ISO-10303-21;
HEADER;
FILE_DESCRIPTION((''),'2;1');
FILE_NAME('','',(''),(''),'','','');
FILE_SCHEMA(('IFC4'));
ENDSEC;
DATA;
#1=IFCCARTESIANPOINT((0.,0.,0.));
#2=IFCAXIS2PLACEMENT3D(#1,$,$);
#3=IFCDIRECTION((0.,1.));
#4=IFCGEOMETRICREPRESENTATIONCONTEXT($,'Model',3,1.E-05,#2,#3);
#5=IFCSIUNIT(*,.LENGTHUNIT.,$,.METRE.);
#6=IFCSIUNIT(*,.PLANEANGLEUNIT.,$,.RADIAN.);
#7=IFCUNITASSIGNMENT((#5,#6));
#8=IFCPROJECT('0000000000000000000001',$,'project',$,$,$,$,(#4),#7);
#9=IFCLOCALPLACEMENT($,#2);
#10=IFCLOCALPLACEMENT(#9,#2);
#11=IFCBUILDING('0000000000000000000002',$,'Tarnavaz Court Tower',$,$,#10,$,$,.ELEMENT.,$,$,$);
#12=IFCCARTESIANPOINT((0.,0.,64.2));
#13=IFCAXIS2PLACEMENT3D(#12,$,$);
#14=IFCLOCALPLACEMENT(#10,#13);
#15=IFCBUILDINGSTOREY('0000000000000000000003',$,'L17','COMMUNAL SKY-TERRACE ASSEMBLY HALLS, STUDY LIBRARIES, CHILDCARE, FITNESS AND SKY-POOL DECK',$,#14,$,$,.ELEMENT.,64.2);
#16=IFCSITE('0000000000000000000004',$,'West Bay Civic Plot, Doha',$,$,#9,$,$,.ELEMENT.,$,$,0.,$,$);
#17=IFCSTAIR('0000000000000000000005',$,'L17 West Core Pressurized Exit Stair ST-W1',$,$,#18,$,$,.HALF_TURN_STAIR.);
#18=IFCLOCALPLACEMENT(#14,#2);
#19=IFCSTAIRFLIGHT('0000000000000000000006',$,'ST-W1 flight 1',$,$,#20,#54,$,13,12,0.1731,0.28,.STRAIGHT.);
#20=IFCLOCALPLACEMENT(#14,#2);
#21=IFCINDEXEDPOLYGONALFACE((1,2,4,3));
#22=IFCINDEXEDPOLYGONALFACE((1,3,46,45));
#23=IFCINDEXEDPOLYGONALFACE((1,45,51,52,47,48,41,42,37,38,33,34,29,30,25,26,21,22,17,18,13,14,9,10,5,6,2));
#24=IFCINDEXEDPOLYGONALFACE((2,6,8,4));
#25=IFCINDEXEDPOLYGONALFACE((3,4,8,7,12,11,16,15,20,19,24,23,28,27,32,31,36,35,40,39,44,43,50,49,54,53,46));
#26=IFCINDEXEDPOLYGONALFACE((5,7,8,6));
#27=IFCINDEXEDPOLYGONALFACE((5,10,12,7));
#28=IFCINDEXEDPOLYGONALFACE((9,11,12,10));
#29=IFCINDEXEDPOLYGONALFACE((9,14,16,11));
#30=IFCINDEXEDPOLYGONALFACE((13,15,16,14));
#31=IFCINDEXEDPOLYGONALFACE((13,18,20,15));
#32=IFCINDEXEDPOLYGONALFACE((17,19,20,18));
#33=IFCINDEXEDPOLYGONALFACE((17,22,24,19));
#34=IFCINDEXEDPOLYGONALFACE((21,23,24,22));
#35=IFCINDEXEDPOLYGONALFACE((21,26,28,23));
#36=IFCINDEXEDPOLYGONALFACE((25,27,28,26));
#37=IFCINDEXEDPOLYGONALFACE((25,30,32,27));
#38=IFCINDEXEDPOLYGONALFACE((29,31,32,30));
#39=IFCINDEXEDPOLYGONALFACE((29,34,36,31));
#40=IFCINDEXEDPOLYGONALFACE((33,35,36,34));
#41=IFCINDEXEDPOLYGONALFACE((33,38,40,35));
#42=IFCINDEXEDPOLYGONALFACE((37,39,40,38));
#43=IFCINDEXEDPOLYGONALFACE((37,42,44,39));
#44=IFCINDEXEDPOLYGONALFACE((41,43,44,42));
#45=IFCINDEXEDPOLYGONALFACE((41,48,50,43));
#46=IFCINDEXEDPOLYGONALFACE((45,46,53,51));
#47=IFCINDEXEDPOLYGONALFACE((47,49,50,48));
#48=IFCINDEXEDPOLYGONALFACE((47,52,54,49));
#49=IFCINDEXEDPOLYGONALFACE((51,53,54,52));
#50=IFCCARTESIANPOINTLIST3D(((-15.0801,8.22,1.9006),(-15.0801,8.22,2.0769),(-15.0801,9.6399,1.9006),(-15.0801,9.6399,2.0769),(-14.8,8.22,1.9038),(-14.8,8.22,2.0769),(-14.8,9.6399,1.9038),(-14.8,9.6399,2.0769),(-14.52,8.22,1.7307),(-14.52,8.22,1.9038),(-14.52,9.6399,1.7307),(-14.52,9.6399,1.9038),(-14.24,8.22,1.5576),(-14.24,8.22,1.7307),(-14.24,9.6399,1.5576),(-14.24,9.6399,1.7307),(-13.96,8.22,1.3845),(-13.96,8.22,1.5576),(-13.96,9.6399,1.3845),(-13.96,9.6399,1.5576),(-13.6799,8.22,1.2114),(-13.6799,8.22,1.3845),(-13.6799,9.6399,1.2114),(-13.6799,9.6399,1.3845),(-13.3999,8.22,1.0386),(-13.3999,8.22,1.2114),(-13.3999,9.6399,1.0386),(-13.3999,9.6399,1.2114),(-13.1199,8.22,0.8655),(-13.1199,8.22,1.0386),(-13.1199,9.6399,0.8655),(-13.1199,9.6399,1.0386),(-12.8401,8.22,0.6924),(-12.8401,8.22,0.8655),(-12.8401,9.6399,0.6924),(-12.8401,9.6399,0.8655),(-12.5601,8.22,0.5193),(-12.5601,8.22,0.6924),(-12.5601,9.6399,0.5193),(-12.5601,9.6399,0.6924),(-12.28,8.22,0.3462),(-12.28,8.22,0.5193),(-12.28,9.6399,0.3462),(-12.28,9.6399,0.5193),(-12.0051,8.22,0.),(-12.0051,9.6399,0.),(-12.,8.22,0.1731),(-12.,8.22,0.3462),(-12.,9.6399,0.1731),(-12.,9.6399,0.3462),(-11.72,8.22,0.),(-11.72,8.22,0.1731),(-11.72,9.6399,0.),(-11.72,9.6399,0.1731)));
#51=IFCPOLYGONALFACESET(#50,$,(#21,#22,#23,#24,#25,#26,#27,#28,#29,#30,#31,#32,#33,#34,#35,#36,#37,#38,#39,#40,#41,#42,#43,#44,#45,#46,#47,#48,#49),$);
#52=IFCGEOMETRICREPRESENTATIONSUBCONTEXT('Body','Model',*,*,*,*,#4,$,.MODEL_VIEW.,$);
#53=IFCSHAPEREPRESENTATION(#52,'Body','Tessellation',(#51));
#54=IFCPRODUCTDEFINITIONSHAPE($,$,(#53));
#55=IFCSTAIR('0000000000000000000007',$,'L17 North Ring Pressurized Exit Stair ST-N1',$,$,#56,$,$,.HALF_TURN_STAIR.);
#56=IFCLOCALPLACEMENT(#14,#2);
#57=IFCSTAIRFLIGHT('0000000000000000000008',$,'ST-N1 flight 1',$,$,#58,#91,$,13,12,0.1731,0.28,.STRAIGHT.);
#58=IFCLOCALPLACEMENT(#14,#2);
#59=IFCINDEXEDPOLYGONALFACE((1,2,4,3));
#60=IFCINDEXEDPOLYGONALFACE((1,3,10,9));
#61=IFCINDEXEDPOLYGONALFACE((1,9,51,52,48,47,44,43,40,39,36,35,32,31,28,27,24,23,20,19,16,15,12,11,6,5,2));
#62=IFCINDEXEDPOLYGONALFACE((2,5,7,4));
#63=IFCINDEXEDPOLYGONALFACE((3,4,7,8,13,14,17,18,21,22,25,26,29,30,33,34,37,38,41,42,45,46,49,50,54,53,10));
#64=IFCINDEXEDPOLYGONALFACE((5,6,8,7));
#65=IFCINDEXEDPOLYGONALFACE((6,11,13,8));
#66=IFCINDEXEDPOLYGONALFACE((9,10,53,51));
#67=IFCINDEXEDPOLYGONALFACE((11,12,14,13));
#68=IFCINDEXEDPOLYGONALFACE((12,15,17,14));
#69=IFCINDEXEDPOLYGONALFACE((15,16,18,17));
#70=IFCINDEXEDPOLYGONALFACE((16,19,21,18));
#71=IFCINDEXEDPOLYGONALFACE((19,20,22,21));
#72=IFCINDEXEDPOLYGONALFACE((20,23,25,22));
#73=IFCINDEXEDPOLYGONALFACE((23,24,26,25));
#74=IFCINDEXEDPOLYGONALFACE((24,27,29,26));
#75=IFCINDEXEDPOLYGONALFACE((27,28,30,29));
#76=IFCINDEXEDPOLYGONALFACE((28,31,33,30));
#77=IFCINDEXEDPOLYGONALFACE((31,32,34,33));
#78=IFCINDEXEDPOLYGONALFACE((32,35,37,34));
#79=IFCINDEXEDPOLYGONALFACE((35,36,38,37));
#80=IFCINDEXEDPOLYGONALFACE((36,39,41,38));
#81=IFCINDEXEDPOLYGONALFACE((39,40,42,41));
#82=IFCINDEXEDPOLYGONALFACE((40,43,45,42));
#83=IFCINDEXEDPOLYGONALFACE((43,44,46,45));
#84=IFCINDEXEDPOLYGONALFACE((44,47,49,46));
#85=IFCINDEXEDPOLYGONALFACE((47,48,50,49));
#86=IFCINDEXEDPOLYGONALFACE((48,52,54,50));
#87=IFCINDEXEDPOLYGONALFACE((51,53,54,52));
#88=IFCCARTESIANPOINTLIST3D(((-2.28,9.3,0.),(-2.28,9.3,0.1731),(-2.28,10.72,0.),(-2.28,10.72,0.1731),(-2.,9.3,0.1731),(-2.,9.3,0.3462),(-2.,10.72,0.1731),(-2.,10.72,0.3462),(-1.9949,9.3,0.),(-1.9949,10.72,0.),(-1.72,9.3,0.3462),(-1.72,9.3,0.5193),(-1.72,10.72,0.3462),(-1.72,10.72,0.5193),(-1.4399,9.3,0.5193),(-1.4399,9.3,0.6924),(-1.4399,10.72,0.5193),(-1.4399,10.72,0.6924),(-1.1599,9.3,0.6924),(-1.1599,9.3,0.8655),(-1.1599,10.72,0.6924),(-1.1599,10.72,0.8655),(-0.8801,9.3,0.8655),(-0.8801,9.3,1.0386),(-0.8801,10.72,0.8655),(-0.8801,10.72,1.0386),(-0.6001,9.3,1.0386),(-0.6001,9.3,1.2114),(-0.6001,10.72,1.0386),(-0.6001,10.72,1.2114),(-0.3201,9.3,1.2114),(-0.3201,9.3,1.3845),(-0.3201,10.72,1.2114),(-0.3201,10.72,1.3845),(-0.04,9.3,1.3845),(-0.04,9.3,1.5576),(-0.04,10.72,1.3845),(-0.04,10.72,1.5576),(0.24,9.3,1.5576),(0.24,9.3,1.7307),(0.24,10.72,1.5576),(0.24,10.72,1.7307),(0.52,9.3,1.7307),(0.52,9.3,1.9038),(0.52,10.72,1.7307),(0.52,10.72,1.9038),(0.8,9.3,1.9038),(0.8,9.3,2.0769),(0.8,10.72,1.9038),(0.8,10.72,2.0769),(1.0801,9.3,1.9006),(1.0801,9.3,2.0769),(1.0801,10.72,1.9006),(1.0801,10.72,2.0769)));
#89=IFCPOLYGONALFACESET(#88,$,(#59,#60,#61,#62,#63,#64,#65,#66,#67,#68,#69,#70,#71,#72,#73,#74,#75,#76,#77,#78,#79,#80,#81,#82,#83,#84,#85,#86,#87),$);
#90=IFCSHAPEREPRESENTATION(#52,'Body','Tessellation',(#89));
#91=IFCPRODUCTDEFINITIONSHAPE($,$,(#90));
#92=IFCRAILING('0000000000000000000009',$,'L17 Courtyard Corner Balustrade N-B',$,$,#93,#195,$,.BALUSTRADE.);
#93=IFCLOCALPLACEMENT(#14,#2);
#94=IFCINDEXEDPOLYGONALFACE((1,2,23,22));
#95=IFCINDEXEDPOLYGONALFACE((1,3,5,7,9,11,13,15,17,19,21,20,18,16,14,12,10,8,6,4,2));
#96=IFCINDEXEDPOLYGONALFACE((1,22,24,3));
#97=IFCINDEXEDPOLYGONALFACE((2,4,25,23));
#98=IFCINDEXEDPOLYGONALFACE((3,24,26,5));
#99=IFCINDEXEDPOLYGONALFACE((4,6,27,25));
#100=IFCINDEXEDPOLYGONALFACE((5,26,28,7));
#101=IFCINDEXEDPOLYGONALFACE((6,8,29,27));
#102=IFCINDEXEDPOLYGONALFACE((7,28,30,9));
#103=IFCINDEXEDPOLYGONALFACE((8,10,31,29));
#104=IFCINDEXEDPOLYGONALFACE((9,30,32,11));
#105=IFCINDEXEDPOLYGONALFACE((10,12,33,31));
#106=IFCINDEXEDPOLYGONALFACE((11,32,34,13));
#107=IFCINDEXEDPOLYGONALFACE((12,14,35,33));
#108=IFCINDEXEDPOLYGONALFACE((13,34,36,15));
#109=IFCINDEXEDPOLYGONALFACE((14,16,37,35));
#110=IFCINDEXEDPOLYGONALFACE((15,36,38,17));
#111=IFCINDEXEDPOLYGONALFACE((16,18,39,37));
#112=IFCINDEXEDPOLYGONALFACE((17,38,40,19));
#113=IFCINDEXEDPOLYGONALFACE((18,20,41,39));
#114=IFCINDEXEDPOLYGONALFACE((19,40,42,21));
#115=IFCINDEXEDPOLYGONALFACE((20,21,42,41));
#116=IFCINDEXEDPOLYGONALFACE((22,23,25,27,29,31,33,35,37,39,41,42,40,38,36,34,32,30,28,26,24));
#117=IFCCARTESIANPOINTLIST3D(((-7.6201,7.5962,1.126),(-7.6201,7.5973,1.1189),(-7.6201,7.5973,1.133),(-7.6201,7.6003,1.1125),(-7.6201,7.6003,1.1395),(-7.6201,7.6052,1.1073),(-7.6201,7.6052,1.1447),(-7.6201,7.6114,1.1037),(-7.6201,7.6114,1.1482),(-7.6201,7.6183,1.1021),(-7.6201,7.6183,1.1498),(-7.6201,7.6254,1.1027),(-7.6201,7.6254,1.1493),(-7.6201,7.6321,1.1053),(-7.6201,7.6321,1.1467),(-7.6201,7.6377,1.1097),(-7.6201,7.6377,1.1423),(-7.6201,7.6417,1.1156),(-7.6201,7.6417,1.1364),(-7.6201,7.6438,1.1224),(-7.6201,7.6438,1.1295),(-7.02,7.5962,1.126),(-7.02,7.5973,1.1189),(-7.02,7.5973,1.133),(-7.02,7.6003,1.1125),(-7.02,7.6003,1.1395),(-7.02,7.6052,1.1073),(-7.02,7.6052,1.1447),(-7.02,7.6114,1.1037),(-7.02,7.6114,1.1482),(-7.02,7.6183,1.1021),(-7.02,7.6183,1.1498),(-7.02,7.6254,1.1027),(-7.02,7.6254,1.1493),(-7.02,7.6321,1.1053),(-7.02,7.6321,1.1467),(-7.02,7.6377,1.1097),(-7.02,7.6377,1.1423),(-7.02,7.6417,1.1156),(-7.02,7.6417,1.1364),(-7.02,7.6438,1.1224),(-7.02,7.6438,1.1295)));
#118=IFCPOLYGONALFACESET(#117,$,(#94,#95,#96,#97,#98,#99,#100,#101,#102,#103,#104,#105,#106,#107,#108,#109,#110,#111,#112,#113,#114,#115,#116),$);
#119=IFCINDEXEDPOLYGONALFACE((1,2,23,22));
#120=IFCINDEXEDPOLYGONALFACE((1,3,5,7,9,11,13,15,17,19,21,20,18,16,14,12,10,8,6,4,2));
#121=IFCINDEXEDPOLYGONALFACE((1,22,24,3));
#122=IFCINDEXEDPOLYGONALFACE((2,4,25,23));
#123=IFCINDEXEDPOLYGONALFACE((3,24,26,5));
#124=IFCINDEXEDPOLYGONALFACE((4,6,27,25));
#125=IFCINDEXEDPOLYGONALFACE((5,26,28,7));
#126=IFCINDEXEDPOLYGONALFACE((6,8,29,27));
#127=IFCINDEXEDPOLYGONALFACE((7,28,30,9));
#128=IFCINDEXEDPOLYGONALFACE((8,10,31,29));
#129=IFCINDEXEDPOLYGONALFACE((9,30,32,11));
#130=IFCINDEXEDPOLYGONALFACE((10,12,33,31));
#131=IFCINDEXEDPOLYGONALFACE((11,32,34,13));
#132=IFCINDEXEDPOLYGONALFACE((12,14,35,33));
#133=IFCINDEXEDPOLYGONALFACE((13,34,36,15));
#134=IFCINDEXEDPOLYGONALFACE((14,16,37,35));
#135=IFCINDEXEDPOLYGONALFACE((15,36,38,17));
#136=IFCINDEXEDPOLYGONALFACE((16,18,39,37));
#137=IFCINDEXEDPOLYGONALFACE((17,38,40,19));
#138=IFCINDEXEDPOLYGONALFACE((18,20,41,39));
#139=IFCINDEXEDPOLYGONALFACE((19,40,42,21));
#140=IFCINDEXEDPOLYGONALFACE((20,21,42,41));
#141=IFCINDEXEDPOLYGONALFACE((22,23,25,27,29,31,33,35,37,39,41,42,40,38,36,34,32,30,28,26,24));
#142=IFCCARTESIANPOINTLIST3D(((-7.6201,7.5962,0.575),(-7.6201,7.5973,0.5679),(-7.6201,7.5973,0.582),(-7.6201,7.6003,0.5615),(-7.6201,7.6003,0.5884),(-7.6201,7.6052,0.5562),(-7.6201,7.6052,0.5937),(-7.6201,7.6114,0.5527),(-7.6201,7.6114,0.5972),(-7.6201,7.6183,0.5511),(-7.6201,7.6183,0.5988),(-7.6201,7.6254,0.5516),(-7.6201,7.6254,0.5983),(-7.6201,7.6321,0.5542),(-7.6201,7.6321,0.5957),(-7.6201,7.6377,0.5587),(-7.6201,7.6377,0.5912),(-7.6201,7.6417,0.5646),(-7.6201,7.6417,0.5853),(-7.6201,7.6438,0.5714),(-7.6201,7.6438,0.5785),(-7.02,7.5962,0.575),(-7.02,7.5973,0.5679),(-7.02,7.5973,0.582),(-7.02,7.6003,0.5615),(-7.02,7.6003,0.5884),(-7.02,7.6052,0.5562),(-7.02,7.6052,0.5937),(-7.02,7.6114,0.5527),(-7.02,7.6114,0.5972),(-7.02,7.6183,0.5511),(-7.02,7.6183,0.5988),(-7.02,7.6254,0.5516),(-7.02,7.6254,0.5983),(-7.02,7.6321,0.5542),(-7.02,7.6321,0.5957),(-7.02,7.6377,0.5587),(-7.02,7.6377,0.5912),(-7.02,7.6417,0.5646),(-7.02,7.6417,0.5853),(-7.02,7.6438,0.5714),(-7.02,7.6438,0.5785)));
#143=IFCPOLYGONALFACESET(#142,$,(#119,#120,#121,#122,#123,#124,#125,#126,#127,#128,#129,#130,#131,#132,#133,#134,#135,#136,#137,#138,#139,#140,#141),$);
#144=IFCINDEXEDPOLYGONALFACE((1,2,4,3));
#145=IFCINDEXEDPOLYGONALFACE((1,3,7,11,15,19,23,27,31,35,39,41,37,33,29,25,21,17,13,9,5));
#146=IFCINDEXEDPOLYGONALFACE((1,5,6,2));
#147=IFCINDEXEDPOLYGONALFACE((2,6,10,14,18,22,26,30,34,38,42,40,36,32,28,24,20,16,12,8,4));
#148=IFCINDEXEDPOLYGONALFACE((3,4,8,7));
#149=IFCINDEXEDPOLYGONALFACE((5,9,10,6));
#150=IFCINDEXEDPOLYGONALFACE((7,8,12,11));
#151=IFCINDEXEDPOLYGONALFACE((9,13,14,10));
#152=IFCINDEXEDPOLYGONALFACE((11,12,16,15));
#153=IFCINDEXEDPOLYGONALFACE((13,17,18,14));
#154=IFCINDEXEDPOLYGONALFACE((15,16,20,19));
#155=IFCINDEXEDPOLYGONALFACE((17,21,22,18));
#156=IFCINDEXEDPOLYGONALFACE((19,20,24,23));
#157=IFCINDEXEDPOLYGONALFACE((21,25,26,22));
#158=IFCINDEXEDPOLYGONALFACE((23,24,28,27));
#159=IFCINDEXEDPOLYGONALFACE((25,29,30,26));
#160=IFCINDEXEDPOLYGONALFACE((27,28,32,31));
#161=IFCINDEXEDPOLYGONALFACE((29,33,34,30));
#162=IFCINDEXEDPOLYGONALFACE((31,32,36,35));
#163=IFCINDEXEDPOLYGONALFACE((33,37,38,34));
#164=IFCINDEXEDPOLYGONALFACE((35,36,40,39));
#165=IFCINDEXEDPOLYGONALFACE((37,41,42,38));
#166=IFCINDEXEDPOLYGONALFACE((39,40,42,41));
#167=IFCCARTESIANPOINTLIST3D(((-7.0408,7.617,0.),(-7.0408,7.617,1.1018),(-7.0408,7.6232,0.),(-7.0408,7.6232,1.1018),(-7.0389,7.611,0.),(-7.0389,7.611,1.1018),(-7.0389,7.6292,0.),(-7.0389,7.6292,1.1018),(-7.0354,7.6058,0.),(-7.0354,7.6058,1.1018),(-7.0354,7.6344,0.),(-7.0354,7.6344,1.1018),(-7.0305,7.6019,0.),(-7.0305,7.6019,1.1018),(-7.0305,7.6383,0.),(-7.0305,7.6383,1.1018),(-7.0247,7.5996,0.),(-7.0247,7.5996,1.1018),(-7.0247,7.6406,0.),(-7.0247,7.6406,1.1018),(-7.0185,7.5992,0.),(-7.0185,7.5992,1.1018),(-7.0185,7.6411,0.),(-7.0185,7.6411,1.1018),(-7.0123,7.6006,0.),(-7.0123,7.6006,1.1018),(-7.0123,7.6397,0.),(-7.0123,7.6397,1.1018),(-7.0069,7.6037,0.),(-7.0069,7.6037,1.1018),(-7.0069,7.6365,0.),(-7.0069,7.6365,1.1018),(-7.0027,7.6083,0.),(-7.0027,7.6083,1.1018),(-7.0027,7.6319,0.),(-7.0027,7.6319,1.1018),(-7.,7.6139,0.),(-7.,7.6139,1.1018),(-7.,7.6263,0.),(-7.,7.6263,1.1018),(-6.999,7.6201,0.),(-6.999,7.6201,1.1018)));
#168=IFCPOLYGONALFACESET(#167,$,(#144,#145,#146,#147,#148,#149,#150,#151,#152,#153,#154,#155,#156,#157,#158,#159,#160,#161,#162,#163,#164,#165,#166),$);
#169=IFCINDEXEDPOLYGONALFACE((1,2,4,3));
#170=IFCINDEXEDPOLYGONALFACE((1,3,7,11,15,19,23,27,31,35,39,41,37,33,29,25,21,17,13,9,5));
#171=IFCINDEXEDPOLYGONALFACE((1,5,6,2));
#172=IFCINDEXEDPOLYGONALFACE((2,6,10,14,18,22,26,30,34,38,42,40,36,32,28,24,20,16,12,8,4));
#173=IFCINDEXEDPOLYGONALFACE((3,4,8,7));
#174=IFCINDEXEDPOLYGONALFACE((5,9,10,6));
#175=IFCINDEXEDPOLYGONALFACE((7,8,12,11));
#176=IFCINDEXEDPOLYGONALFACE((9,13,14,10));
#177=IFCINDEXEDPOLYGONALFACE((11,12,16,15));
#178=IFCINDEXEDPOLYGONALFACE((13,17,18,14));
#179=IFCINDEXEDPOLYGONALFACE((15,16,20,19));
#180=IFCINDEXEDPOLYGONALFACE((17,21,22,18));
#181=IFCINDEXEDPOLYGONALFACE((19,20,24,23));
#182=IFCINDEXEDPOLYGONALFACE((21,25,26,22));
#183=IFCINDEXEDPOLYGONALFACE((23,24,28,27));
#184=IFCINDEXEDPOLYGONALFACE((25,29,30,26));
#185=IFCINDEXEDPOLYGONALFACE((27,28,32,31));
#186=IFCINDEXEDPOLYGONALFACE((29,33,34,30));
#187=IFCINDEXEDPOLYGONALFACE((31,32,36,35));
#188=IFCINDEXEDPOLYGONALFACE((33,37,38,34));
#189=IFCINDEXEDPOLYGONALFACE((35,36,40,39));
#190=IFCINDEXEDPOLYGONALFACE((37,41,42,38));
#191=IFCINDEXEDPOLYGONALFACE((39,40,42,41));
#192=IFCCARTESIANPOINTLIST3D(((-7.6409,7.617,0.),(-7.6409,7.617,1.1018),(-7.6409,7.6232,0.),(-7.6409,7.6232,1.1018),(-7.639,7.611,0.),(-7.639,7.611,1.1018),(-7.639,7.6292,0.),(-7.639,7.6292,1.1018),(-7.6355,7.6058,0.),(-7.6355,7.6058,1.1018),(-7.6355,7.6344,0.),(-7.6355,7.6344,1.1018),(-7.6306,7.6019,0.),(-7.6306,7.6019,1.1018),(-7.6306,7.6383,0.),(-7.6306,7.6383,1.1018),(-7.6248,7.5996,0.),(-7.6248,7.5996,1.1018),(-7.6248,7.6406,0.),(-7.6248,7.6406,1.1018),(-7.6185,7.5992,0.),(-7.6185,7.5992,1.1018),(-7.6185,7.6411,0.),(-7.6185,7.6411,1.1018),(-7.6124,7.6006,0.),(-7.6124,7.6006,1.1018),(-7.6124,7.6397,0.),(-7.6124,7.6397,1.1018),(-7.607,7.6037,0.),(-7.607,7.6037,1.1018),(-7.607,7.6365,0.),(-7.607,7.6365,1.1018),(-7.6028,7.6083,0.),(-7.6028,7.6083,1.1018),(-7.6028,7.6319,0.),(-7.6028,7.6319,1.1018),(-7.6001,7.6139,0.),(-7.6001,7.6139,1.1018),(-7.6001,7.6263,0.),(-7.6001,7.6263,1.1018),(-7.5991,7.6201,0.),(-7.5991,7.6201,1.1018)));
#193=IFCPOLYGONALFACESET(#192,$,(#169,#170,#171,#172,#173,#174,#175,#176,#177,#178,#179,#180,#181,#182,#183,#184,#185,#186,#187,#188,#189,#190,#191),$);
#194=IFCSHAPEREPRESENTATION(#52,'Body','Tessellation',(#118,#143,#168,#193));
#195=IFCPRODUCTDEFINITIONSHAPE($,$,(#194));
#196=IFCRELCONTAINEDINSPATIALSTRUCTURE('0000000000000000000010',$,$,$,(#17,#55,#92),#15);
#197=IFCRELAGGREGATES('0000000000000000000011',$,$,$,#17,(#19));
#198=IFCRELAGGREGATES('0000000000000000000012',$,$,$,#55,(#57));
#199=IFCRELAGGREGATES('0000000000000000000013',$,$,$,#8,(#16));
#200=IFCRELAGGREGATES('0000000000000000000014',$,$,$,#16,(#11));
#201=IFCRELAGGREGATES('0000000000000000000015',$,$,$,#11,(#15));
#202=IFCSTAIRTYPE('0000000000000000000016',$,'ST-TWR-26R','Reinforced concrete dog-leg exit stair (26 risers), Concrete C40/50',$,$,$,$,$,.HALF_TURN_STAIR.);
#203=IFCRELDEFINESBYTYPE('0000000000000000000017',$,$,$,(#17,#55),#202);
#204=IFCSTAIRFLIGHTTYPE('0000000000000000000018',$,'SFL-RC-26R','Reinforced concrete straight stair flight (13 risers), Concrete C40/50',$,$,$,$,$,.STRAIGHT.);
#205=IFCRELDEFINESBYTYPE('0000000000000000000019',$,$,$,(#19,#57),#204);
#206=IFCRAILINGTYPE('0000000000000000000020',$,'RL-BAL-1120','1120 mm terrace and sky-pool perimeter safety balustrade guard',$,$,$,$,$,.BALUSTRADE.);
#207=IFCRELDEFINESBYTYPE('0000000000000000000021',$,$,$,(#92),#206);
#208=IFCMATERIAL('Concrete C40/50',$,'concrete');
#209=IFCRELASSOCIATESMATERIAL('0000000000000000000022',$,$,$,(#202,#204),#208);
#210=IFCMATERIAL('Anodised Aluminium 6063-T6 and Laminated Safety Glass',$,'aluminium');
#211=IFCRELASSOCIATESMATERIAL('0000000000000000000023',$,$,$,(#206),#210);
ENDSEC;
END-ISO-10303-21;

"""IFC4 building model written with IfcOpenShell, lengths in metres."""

from ifc_helpers import new_model, si_unit, direction, frame, origin, origin_2d, place, context, subcontext, project, spatial, polyline, circle, outline, extrude, material, type_object, element, aggregate, save


model = new_model("IFC4")

# Units and contexts
model_context = context("Model", 3, precision=1e-05, world=origin(), true_north=direction((0.0, 1.0)))
body_context = subcontext(model_context, "Body", "Model", "MODEL_VIEW")
ifc_project = project(units=[si_unit("LENGTHUNIT", "METRE"), si_unit("PLANEANGLEUNIT", "RADIAN")], contexts=[model_context])

# Site, building, storey
site_placement = place(None, origin())
site = spatial("IfcSite", under=ifc_project, at=site_placement, Name="West Bay Civic Plot, Doha", CompositionType="ELEMENT", RefElevation=0.0)
building_placement = place(site_placement, origin())
building = spatial("IfcBuilding", under=site, at=building_placement, Name="Tarnavaz Court Tower", CompositionType="ELEMENT")
storey_placement = place(building_placement, frame((0.0, 0.0, 64.2)))
storey = spatial("IfcBuildingStorey", under=building, at=storey_placement, Name="L17", Description="COMMUNAL SKY-TERRACE ASSEMBLY HALLS, STUDY LIBRARIES, CHILDCARE, FITNESS AND SKY-POOL DECK", CompositionType="ELEMENT", Elevation=64.2)

# Stairs, stair flights
ifc_material_1 = material(Name="Concrete C40/50", Category="concrete")
stair_type = type_object("IfcStairType", Name="ST-TWR-26R", Description="Reinforced concrete dog-leg exit stair (26 risers), Concrete C40/50", PredefinedType="HALF_TURN_STAIR", material=ifc_material_1)
stair_1_placement = place(storey_placement, origin())
stair_1 = element("IfcStair", 1, at=stair_1_placement, inside=storey, type_object=stair_type, Name="L17 West Core Pressurized Exit Stair ST-W1", PredefinedType="HALF_TURN_STAIR")
stair_flight_type = type_object("IfcStairFlightType", Name="SFL-RC-26R", Description="Reinforced concrete straight stair flight (13 risers), Concrete C40/50", PredefinedType="STRAIGHT", material=ifc_material_1)
stair_flight_1_placement = place(storey_placement, frame((-11.72, 8.9299, 0.0), z_axis=(0.0, 0.0, 1.0), x_axis=(-1.0, 0.0, 0.0)))
stair_flight_1 = element("IfcStairFlight", 2, at=stair_flight_1_placement, type_object=stair_flight_type, Name="ST-W1 flight 1", NumberOfRisers=13, NumberOfTreads=12, PredefinedType="STRAIGHT", RiserHeight=0.1731, TreadLength=0.28, context=body_context, shape_type="SweptSolid", body=[
    extrude(outline(polyline([(0.0, 0.0), (0.0, 0.1731), (0.28, 0.1731), (0.28, 0.3462), (0.5601, 0.3462), (0.5601, 0.5193), (0.8401, 0.5193), (0.8401, 0.6924), (1.1201, 0.6924), (1.1201, 0.8655), (1.3999, 0.8655), (1.3999, 1.0386), (1.6799, 1.0386), (1.6799, 1.2114), (1.96, 1.2114), (1.96, 1.3845), (2.24, 1.3845), (2.24, 1.5576), (2.52, 1.5576), (2.52, 1.7307), (2.8, 1.7307), (2.8, 1.9038), (3.0801, 1.9038), (3.0801, 2.0769), (3.3601, 2.0769), (3.3601, 2.25), (3.3601, 1.9006), (0.2852, 0.0), (0.0, 0.0)])), frame((0.0, 0.71, 0.0), z_axis=(0.0, -1.0, 0.0), x_axis=(1.0, 0.0, 0.0)), (0.0, 0.0, 1.0), 1.4199),
])
aggregate(stair_1, [stair_flight_1])
stair_2_placement = place(storey_placement, origin())
stair_2 = element("IfcStair", 3, at=stair_2_placement, inside=storey, type_object=stair_type, Name="L17 North Ring Pressurized Exit Stair ST-N1", PredefinedType="HALF_TURN_STAIR")
stair_flight_2_placement = place(storey_placement, frame((-2.28, 10.01, 0.0), z_axis=(0.0, 0.0, 1.0), x_axis=(1.0, 0.0, 0.0)))
stair_flight_2 = element("IfcStairFlight", 4, at=stair_flight_2_placement, type_object=stair_flight_type, Name="ST-N1 flight 1", NumberOfRisers=13, NumberOfTreads=12, PredefinedType="STRAIGHT", RiserHeight=0.1731, TreadLength=0.28, context=body_context, shape_type="SweptSolid", body=[
    extrude(outline(polyline([(0.0, 0.0), (0.0, 0.1731), (0.28, 0.1731), (0.28, 0.3462), (0.5601, 0.3462), (0.5601, 0.5193), (0.8401, 0.5193), (0.8401, 0.6924), (1.1201, 0.6924), (1.1201, 0.8655), (1.3999, 0.8655), (1.3999, 1.0386), (1.6799, 1.0386), (1.6799, 1.2114), (1.96, 1.2114), (1.96, 1.3845), (2.24, 1.3845), (2.24, 1.5576), (2.52, 1.5576), (2.52, 1.7307), (2.8, 1.7307), (2.8, 1.9038), (3.0801, 1.9038), (3.0801, 2.0769), (3.3601, 2.0769), (3.3601, 2.25), (3.3601, 1.9006), (0.2852, 0.0), (0.0, 0.0)])), frame((0.0, 0.71, 0.0), z_axis=(0.0, -1.0, 0.0), x_axis=(1.0, 0.0, 0.0)), (0.0, 0.0, 1.0), 1.4199),
])
aggregate(stair_2, [stair_flight_2])

# Railing
ifc_material_2 = material(Name="Anodised Aluminium 6063-T6 and Laminated Safety Glass", Category="aluminium")
railing_type_1 = type_object("IfcRailingType", Name="RL-BAL-1120", Description="1120 mm terrace and sky-pool perimeter safety balustrade guard", PredefinedType="BALUSTRADE", material=ifc_material_2)
railing_1_placement = place(storey_placement, frame((-7.02, 7.6201, 0.0)))
element("IfcRailing", 5, at=railing_1_placement, inside=storey, type_object=railing_type_1, Name="L17 Courtyard Corner Balustrade N-B", PredefinedType="BALUSTRADE", context=body_context, shape_type="SweptSolid", body=[
    extrude(circle(Radius=0.0239, at=origin_2d()), frame((0.0, 0.0, 1.126), z_axis=(-1.0, 0.0, 0.0), x_axis=(0.0, -1.0, 0.0)), (0.0, 0.0, 1.0), 0.6001),
    extrude(circle(Radius=0.0239, at=origin_2d()), frame((0.0, 0.0, 0.575), z_axis=(-1.0, 0.0, 0.0), x_axis=(0.0, -1.0, 0.0)), (0.0, 0.0, 1.0), 0.6001),
    extrude(circle(Radius=0.021, at=origin_2d()), origin(), (0.0, 0.0, 1.0), 1.1018),
    extrude(circle(Radius=0.021, at=origin_2d()), frame((-0.6001, 0.0, 0.0)), (0.0, 0.0, 1.0), 1.1018),
])

save(model, "model.ifc")
